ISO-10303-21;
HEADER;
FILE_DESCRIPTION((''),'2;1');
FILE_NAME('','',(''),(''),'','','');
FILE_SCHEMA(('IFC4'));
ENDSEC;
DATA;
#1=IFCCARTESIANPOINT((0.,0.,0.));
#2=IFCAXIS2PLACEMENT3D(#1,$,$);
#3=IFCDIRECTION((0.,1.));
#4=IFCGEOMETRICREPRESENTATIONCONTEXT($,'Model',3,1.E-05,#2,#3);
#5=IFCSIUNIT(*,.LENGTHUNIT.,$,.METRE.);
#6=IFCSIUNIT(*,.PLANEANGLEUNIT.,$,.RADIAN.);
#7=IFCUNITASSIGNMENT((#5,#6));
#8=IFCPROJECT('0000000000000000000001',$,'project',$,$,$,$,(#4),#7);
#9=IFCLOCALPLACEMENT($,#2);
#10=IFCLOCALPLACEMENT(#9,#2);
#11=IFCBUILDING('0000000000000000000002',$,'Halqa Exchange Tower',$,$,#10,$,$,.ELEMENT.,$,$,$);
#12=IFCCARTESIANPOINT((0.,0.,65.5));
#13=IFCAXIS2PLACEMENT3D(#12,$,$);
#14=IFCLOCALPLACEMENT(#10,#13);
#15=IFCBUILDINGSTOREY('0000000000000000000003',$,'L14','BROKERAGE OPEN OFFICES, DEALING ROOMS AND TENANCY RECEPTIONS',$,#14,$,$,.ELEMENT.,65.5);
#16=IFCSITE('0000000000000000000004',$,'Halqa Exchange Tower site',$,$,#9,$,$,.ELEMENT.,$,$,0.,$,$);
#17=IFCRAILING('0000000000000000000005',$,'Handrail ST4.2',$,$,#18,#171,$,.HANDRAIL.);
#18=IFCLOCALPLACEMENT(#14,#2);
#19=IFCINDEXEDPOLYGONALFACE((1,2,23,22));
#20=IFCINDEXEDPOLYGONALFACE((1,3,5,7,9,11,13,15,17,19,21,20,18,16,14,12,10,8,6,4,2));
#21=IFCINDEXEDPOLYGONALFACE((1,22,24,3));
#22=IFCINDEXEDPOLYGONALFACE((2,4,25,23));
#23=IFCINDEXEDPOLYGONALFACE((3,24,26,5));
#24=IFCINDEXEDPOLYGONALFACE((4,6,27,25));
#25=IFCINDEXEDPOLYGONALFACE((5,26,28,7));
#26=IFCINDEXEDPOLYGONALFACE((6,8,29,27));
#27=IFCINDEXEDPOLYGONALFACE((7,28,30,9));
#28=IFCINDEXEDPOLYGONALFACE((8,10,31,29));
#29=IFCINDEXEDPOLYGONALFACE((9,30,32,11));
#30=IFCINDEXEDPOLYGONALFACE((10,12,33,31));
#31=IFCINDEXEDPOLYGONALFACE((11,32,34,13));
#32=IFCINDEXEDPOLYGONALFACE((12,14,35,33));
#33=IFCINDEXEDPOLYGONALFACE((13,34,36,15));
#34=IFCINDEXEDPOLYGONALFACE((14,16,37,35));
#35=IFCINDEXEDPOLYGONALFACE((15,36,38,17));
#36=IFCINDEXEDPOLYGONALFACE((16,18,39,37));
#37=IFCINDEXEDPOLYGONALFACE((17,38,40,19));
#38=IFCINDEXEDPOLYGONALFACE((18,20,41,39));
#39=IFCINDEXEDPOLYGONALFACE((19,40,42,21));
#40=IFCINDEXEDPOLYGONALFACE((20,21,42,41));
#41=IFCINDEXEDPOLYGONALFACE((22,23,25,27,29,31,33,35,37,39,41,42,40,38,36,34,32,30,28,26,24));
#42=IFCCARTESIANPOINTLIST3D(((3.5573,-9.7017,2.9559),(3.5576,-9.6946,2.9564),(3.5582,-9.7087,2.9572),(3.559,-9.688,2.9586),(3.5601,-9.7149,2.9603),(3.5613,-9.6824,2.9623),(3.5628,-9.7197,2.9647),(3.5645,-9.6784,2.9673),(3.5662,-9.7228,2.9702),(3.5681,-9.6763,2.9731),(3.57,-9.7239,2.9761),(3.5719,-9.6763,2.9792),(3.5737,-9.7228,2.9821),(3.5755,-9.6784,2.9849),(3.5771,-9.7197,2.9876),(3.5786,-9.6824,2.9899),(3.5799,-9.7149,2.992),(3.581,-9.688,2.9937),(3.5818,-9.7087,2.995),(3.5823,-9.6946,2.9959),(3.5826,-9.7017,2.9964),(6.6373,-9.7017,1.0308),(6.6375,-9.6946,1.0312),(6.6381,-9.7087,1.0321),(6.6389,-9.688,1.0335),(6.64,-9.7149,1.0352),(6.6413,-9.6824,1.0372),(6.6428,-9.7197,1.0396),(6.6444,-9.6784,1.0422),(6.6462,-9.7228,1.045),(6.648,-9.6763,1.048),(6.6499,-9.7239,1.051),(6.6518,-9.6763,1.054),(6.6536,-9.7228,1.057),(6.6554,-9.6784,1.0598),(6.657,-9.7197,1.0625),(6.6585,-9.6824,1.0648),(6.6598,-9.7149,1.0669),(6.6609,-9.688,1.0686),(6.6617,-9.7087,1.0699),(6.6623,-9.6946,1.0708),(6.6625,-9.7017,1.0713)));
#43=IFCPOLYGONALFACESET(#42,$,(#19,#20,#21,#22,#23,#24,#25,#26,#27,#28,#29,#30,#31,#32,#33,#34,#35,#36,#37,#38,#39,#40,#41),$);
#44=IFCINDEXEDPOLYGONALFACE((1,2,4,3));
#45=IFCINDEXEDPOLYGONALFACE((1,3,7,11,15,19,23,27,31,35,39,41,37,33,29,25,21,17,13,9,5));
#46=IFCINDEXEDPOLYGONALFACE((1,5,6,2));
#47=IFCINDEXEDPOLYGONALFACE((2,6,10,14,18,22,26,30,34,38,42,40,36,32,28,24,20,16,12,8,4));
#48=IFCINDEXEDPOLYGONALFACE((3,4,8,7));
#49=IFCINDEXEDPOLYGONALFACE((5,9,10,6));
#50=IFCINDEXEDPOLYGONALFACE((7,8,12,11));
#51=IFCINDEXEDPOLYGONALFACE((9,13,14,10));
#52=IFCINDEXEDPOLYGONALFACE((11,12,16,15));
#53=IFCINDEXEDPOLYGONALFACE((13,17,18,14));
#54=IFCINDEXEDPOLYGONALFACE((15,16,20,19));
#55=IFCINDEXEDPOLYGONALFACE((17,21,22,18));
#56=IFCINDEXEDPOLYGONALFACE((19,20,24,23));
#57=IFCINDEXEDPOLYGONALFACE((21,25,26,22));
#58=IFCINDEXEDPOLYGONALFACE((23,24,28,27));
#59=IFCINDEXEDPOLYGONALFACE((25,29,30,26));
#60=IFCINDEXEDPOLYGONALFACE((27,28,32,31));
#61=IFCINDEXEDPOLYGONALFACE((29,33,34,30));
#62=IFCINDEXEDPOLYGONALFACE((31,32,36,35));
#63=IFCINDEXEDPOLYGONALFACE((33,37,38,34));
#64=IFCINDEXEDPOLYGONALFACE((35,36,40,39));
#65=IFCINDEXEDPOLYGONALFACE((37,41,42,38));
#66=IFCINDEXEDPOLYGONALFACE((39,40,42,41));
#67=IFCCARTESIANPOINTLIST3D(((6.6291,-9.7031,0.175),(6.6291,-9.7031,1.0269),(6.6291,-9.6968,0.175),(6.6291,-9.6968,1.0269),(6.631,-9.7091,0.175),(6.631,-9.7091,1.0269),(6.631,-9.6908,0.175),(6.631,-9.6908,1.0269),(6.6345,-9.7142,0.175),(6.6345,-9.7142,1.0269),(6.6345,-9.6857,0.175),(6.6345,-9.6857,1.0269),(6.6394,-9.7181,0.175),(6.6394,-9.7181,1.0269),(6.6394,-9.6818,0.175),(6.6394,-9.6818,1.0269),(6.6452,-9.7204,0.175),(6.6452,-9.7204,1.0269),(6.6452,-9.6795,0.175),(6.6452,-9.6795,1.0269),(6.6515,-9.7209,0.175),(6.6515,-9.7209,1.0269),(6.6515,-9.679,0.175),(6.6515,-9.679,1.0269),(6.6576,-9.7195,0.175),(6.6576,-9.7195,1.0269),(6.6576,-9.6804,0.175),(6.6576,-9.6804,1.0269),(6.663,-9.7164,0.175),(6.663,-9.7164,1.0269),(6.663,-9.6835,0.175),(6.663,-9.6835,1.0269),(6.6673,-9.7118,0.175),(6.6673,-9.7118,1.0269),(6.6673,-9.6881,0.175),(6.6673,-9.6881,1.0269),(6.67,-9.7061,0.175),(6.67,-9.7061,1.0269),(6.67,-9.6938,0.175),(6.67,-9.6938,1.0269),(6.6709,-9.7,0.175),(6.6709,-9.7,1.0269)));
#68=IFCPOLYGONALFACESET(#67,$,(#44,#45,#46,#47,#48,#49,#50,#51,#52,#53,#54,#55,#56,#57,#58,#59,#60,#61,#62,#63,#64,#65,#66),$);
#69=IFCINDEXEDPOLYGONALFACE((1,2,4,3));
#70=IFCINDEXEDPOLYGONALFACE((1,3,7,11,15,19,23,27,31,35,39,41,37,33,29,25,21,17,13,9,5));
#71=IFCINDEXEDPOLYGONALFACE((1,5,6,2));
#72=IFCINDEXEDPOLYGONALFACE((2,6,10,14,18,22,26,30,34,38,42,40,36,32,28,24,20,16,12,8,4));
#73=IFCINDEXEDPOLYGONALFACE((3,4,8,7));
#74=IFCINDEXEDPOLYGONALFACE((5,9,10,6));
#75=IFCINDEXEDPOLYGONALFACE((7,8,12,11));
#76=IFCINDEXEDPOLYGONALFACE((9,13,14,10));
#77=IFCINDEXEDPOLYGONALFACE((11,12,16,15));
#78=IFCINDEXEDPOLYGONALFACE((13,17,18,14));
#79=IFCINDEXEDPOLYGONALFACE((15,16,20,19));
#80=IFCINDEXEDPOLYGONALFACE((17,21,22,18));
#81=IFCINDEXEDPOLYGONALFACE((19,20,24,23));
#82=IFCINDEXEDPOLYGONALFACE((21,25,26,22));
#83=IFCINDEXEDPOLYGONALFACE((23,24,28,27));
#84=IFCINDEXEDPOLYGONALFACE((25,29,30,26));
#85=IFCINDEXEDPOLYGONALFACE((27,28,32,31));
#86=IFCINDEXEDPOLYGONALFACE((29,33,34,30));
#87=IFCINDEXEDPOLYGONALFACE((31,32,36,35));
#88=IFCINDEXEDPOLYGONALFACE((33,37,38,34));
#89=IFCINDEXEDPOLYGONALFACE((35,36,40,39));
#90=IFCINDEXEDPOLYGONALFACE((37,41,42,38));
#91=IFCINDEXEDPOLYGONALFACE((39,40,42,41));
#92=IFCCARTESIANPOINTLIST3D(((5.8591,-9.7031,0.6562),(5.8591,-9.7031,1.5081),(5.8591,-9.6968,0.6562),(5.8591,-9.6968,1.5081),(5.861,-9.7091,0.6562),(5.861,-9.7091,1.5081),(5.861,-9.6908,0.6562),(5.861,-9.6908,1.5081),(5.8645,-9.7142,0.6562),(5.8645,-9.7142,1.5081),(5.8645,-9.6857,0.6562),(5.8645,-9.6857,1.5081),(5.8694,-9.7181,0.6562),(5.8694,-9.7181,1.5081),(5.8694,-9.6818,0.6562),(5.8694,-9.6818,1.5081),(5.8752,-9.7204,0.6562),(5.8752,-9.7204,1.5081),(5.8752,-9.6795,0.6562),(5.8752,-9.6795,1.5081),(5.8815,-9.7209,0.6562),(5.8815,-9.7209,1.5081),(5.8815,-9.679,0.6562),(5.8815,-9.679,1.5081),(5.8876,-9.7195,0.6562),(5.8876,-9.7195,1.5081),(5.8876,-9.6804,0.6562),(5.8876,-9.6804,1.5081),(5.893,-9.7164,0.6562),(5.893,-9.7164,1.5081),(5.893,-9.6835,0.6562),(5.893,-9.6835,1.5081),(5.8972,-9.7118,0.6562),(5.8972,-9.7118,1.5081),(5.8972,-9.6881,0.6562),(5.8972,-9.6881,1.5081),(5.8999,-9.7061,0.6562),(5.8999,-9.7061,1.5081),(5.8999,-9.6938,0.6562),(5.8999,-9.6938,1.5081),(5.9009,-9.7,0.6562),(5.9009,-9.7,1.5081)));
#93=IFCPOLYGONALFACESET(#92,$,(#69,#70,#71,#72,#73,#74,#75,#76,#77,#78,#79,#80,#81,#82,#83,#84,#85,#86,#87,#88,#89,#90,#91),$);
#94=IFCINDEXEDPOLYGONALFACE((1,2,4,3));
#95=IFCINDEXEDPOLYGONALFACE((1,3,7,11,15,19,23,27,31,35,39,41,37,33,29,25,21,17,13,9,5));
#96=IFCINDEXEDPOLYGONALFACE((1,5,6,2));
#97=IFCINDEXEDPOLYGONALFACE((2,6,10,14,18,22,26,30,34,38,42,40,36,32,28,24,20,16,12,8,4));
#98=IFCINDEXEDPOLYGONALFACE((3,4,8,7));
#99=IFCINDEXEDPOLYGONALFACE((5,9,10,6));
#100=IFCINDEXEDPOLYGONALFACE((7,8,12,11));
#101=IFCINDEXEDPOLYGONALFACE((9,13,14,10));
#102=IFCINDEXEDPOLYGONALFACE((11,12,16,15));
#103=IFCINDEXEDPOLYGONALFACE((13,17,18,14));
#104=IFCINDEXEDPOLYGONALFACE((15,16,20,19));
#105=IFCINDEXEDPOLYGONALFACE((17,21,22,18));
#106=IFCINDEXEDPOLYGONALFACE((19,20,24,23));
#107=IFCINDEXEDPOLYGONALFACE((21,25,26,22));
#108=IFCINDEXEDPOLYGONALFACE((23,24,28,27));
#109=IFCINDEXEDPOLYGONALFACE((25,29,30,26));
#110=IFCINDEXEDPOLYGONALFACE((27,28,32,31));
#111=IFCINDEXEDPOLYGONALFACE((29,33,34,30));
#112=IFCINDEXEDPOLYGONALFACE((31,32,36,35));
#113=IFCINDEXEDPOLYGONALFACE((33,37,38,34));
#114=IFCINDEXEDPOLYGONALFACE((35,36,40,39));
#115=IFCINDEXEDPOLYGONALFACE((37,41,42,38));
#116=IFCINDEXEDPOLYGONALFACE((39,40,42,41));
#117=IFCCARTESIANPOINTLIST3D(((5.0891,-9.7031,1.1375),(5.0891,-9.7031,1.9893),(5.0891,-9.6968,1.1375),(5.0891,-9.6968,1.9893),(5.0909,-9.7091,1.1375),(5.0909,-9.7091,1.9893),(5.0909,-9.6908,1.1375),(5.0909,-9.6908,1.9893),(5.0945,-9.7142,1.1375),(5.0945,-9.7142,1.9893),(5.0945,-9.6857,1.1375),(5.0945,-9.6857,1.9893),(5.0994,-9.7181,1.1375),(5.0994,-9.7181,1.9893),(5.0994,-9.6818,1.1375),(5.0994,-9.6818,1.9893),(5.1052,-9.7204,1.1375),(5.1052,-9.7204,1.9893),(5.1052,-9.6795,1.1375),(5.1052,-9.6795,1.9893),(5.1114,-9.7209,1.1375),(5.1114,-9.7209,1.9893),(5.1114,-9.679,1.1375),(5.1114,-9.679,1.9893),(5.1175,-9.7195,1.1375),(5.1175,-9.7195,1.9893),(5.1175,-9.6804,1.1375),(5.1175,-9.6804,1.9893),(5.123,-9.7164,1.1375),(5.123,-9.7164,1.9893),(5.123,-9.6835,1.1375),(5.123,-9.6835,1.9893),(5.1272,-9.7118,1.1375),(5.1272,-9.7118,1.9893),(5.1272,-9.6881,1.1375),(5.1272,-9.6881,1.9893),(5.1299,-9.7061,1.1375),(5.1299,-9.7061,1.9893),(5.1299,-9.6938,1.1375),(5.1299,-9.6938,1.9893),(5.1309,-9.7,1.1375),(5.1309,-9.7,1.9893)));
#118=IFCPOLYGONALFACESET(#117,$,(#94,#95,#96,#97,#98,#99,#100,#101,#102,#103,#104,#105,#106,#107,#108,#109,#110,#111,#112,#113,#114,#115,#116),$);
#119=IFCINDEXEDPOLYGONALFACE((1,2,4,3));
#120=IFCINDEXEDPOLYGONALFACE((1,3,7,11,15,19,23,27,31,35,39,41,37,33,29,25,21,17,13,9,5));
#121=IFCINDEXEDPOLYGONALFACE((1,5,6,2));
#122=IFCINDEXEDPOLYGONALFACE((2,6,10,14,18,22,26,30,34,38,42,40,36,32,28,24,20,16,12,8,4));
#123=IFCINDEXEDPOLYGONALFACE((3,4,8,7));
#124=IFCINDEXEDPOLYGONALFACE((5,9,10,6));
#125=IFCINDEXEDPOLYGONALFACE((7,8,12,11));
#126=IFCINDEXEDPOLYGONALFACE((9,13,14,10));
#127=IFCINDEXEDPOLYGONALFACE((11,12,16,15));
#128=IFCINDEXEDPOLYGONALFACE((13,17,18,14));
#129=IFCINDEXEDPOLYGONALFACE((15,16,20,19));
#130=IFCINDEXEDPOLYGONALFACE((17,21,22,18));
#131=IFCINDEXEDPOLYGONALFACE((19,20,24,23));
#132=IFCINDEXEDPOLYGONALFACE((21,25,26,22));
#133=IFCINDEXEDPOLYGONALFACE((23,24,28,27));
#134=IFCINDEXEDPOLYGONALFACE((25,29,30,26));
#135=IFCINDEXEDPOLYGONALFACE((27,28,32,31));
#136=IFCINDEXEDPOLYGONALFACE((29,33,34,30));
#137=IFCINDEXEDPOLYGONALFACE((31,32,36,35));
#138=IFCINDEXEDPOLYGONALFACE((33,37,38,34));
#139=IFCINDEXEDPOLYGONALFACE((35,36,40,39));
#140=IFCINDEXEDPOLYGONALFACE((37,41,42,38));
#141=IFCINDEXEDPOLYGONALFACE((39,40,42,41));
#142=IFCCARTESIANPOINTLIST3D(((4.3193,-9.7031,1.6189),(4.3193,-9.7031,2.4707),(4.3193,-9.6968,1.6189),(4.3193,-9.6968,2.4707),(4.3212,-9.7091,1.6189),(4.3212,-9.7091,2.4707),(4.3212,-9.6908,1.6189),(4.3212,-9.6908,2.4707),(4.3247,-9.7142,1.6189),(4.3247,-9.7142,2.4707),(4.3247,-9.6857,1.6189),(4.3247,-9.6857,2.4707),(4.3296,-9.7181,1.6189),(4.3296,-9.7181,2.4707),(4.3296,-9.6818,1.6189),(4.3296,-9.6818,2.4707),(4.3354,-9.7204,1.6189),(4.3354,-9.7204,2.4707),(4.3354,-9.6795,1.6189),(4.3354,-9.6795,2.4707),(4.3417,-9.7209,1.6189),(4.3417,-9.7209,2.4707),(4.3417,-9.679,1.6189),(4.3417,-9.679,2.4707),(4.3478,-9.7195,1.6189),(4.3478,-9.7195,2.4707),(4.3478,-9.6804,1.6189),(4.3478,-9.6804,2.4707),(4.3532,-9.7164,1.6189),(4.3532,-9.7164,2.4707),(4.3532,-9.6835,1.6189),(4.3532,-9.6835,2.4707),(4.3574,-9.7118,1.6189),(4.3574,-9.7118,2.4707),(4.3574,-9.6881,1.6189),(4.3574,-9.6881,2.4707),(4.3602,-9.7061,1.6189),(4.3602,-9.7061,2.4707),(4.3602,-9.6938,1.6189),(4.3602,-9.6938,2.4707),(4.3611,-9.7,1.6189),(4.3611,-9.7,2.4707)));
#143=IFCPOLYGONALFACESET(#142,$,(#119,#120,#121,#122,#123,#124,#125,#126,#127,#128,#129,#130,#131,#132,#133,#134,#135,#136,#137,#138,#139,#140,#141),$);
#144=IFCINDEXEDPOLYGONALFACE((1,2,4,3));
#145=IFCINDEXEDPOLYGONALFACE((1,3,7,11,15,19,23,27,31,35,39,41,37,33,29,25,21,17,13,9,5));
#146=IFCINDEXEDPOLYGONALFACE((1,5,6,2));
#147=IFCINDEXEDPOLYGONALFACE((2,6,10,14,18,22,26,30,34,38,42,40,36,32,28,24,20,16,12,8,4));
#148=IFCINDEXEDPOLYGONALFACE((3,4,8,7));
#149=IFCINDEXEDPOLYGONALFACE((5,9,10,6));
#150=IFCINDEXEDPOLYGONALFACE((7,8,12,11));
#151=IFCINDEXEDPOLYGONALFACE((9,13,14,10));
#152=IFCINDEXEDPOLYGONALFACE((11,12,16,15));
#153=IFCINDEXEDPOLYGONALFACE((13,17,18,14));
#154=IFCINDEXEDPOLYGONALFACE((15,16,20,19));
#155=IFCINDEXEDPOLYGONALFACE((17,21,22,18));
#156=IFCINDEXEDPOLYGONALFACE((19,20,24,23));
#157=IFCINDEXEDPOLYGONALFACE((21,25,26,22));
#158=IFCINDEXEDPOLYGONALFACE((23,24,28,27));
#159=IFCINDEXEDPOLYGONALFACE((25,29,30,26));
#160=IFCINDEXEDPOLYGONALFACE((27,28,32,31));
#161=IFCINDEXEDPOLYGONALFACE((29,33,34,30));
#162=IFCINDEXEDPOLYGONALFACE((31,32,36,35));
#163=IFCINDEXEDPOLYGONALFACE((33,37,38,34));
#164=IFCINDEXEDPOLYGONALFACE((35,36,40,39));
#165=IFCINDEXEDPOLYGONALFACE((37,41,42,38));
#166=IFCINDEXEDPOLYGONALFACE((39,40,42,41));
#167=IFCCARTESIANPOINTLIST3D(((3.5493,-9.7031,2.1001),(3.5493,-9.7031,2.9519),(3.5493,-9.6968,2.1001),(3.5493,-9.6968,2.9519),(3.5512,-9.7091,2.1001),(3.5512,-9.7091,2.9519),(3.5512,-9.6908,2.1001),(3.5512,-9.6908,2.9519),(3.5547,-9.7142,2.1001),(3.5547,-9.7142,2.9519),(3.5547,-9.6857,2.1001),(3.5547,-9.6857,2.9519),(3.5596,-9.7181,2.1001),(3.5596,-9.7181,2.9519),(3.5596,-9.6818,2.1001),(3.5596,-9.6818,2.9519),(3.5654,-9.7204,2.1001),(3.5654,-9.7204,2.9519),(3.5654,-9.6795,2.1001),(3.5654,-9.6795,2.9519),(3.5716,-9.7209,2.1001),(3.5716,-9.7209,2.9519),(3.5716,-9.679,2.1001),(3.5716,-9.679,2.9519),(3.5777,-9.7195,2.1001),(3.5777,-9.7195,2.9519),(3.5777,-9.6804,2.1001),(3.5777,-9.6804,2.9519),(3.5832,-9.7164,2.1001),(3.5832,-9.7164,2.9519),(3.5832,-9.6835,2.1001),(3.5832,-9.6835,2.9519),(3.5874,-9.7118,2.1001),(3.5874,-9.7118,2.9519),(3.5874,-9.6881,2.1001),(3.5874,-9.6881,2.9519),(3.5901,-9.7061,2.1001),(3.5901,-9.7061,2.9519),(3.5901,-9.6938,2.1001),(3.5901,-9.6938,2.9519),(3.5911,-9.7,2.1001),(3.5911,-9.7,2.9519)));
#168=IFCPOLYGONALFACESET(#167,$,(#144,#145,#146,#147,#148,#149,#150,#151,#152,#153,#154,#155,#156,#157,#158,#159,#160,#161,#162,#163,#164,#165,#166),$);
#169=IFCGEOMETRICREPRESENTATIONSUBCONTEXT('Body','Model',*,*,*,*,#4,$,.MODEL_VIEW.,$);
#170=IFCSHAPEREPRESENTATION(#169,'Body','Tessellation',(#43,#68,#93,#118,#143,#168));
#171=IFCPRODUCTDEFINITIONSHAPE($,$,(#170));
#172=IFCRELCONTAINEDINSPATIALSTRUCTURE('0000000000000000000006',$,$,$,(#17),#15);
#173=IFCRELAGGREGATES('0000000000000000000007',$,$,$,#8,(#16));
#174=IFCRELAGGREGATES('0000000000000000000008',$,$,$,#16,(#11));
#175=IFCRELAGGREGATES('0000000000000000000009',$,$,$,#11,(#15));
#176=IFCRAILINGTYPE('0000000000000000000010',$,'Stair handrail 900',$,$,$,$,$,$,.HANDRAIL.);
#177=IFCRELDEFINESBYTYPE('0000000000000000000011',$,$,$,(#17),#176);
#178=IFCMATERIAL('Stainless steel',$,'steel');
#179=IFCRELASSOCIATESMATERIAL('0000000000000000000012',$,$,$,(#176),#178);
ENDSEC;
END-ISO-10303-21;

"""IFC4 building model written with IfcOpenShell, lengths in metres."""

from ifc_helpers import new_model, si_unit, direction, frame, origin, origin_2d, place, context, subcontext, project, spatial, circle, extrude, material, type_object, element, save


model = new_model("IFC4")

# Units and contexts
model_context = context("Model", 3, precision=1e-05, world=origin(), true_north=direction((0.0, 1.0)))
body_context = subcontext(model_context, "Body", "Model", "MODEL_VIEW")
ifc_project = project(units=[si_unit("LENGTHUNIT", "METRE"), si_unit("PLANEANGLEUNIT", "RADIAN")], contexts=[model_context])

# Site, building, storey
site_placement = place(None, origin())
site = spatial("IfcSite", under=ifc_project, at=site_placement, Name="Halqa Exchange Tower site", CompositionType="ELEMENT", RefElevation=0.0)
building_placement = place(site_placement, origin())
building = spatial("IfcBuilding", under=site, at=building_placement, Name="Halqa Exchange Tower", CompositionType="ELEMENT")
storey_placement = place(building_placement, frame((0.0, 0.0, 65.5)))
storey = spatial("IfcBuildingStorey", under=building, at=storey_placement, Name="L14", Description="BROKERAGE OPEN OFFICES, DEALING ROOMS AND TENANCY RECEPTIONS", CompositionType="ELEMENT", Elevation=65.5)

# Railing
ifc_material_1 = material(Name="Stainless steel", Category="steel")
railing_type_1 = type_object("IfcRailingType", Name="Stair handrail 900", PredefinedType="HANDRAIL", material=ifc_material_1)
railing_1_placement = place(storey_placement, frame((6.6499, -9.7, 0.175)))
element("IfcRailing", 1, at=railing_1_placement, inside=storey, type_object=railing_type_1, Name="Handrail ST4.2", PredefinedType="HANDRAIL", context=body_context, shape_type="SweptSolid", body=[
    extrude(circle(Radius=0.0239, at=origin_2d()), frame((0.0, 0.0, 0.876), z_axis=(-0.847979, 0.0, 0.530029), x_axis=(0.0, -1.0, 0.0)), (0.0, 0.0, 1.0), 3.6321),
    extrude(circle(Radius=0.021, at=origin_2d()), origin(), (0.0, 0.0, 1.0), 0.8518),
    extrude(circle(Radius=0.021, at=origin_2d()), frame((-0.77, 0.0, 0.4812)), (0.0, 0.0, 1.0), 0.8518),
    extrude(circle(Radius=0.021, at=origin_2d()), frame((-1.54, 0.0, 0.9624)), (0.0, 0.0, 1.0), 0.8518),
    extrude(circle(Radius=0.021, at=origin_2d()), frame((-2.3098, 0.0, 1.4438)), (0.0, 0.0, 1.0), 0.8518),
    extrude(circle(Radius=0.021, at=origin_2d()), frame((-3.0798, 0.0, 1.925)), (0.0, 0.0, 1.0), 0.8518),
])

save(model, "model.ifc")
